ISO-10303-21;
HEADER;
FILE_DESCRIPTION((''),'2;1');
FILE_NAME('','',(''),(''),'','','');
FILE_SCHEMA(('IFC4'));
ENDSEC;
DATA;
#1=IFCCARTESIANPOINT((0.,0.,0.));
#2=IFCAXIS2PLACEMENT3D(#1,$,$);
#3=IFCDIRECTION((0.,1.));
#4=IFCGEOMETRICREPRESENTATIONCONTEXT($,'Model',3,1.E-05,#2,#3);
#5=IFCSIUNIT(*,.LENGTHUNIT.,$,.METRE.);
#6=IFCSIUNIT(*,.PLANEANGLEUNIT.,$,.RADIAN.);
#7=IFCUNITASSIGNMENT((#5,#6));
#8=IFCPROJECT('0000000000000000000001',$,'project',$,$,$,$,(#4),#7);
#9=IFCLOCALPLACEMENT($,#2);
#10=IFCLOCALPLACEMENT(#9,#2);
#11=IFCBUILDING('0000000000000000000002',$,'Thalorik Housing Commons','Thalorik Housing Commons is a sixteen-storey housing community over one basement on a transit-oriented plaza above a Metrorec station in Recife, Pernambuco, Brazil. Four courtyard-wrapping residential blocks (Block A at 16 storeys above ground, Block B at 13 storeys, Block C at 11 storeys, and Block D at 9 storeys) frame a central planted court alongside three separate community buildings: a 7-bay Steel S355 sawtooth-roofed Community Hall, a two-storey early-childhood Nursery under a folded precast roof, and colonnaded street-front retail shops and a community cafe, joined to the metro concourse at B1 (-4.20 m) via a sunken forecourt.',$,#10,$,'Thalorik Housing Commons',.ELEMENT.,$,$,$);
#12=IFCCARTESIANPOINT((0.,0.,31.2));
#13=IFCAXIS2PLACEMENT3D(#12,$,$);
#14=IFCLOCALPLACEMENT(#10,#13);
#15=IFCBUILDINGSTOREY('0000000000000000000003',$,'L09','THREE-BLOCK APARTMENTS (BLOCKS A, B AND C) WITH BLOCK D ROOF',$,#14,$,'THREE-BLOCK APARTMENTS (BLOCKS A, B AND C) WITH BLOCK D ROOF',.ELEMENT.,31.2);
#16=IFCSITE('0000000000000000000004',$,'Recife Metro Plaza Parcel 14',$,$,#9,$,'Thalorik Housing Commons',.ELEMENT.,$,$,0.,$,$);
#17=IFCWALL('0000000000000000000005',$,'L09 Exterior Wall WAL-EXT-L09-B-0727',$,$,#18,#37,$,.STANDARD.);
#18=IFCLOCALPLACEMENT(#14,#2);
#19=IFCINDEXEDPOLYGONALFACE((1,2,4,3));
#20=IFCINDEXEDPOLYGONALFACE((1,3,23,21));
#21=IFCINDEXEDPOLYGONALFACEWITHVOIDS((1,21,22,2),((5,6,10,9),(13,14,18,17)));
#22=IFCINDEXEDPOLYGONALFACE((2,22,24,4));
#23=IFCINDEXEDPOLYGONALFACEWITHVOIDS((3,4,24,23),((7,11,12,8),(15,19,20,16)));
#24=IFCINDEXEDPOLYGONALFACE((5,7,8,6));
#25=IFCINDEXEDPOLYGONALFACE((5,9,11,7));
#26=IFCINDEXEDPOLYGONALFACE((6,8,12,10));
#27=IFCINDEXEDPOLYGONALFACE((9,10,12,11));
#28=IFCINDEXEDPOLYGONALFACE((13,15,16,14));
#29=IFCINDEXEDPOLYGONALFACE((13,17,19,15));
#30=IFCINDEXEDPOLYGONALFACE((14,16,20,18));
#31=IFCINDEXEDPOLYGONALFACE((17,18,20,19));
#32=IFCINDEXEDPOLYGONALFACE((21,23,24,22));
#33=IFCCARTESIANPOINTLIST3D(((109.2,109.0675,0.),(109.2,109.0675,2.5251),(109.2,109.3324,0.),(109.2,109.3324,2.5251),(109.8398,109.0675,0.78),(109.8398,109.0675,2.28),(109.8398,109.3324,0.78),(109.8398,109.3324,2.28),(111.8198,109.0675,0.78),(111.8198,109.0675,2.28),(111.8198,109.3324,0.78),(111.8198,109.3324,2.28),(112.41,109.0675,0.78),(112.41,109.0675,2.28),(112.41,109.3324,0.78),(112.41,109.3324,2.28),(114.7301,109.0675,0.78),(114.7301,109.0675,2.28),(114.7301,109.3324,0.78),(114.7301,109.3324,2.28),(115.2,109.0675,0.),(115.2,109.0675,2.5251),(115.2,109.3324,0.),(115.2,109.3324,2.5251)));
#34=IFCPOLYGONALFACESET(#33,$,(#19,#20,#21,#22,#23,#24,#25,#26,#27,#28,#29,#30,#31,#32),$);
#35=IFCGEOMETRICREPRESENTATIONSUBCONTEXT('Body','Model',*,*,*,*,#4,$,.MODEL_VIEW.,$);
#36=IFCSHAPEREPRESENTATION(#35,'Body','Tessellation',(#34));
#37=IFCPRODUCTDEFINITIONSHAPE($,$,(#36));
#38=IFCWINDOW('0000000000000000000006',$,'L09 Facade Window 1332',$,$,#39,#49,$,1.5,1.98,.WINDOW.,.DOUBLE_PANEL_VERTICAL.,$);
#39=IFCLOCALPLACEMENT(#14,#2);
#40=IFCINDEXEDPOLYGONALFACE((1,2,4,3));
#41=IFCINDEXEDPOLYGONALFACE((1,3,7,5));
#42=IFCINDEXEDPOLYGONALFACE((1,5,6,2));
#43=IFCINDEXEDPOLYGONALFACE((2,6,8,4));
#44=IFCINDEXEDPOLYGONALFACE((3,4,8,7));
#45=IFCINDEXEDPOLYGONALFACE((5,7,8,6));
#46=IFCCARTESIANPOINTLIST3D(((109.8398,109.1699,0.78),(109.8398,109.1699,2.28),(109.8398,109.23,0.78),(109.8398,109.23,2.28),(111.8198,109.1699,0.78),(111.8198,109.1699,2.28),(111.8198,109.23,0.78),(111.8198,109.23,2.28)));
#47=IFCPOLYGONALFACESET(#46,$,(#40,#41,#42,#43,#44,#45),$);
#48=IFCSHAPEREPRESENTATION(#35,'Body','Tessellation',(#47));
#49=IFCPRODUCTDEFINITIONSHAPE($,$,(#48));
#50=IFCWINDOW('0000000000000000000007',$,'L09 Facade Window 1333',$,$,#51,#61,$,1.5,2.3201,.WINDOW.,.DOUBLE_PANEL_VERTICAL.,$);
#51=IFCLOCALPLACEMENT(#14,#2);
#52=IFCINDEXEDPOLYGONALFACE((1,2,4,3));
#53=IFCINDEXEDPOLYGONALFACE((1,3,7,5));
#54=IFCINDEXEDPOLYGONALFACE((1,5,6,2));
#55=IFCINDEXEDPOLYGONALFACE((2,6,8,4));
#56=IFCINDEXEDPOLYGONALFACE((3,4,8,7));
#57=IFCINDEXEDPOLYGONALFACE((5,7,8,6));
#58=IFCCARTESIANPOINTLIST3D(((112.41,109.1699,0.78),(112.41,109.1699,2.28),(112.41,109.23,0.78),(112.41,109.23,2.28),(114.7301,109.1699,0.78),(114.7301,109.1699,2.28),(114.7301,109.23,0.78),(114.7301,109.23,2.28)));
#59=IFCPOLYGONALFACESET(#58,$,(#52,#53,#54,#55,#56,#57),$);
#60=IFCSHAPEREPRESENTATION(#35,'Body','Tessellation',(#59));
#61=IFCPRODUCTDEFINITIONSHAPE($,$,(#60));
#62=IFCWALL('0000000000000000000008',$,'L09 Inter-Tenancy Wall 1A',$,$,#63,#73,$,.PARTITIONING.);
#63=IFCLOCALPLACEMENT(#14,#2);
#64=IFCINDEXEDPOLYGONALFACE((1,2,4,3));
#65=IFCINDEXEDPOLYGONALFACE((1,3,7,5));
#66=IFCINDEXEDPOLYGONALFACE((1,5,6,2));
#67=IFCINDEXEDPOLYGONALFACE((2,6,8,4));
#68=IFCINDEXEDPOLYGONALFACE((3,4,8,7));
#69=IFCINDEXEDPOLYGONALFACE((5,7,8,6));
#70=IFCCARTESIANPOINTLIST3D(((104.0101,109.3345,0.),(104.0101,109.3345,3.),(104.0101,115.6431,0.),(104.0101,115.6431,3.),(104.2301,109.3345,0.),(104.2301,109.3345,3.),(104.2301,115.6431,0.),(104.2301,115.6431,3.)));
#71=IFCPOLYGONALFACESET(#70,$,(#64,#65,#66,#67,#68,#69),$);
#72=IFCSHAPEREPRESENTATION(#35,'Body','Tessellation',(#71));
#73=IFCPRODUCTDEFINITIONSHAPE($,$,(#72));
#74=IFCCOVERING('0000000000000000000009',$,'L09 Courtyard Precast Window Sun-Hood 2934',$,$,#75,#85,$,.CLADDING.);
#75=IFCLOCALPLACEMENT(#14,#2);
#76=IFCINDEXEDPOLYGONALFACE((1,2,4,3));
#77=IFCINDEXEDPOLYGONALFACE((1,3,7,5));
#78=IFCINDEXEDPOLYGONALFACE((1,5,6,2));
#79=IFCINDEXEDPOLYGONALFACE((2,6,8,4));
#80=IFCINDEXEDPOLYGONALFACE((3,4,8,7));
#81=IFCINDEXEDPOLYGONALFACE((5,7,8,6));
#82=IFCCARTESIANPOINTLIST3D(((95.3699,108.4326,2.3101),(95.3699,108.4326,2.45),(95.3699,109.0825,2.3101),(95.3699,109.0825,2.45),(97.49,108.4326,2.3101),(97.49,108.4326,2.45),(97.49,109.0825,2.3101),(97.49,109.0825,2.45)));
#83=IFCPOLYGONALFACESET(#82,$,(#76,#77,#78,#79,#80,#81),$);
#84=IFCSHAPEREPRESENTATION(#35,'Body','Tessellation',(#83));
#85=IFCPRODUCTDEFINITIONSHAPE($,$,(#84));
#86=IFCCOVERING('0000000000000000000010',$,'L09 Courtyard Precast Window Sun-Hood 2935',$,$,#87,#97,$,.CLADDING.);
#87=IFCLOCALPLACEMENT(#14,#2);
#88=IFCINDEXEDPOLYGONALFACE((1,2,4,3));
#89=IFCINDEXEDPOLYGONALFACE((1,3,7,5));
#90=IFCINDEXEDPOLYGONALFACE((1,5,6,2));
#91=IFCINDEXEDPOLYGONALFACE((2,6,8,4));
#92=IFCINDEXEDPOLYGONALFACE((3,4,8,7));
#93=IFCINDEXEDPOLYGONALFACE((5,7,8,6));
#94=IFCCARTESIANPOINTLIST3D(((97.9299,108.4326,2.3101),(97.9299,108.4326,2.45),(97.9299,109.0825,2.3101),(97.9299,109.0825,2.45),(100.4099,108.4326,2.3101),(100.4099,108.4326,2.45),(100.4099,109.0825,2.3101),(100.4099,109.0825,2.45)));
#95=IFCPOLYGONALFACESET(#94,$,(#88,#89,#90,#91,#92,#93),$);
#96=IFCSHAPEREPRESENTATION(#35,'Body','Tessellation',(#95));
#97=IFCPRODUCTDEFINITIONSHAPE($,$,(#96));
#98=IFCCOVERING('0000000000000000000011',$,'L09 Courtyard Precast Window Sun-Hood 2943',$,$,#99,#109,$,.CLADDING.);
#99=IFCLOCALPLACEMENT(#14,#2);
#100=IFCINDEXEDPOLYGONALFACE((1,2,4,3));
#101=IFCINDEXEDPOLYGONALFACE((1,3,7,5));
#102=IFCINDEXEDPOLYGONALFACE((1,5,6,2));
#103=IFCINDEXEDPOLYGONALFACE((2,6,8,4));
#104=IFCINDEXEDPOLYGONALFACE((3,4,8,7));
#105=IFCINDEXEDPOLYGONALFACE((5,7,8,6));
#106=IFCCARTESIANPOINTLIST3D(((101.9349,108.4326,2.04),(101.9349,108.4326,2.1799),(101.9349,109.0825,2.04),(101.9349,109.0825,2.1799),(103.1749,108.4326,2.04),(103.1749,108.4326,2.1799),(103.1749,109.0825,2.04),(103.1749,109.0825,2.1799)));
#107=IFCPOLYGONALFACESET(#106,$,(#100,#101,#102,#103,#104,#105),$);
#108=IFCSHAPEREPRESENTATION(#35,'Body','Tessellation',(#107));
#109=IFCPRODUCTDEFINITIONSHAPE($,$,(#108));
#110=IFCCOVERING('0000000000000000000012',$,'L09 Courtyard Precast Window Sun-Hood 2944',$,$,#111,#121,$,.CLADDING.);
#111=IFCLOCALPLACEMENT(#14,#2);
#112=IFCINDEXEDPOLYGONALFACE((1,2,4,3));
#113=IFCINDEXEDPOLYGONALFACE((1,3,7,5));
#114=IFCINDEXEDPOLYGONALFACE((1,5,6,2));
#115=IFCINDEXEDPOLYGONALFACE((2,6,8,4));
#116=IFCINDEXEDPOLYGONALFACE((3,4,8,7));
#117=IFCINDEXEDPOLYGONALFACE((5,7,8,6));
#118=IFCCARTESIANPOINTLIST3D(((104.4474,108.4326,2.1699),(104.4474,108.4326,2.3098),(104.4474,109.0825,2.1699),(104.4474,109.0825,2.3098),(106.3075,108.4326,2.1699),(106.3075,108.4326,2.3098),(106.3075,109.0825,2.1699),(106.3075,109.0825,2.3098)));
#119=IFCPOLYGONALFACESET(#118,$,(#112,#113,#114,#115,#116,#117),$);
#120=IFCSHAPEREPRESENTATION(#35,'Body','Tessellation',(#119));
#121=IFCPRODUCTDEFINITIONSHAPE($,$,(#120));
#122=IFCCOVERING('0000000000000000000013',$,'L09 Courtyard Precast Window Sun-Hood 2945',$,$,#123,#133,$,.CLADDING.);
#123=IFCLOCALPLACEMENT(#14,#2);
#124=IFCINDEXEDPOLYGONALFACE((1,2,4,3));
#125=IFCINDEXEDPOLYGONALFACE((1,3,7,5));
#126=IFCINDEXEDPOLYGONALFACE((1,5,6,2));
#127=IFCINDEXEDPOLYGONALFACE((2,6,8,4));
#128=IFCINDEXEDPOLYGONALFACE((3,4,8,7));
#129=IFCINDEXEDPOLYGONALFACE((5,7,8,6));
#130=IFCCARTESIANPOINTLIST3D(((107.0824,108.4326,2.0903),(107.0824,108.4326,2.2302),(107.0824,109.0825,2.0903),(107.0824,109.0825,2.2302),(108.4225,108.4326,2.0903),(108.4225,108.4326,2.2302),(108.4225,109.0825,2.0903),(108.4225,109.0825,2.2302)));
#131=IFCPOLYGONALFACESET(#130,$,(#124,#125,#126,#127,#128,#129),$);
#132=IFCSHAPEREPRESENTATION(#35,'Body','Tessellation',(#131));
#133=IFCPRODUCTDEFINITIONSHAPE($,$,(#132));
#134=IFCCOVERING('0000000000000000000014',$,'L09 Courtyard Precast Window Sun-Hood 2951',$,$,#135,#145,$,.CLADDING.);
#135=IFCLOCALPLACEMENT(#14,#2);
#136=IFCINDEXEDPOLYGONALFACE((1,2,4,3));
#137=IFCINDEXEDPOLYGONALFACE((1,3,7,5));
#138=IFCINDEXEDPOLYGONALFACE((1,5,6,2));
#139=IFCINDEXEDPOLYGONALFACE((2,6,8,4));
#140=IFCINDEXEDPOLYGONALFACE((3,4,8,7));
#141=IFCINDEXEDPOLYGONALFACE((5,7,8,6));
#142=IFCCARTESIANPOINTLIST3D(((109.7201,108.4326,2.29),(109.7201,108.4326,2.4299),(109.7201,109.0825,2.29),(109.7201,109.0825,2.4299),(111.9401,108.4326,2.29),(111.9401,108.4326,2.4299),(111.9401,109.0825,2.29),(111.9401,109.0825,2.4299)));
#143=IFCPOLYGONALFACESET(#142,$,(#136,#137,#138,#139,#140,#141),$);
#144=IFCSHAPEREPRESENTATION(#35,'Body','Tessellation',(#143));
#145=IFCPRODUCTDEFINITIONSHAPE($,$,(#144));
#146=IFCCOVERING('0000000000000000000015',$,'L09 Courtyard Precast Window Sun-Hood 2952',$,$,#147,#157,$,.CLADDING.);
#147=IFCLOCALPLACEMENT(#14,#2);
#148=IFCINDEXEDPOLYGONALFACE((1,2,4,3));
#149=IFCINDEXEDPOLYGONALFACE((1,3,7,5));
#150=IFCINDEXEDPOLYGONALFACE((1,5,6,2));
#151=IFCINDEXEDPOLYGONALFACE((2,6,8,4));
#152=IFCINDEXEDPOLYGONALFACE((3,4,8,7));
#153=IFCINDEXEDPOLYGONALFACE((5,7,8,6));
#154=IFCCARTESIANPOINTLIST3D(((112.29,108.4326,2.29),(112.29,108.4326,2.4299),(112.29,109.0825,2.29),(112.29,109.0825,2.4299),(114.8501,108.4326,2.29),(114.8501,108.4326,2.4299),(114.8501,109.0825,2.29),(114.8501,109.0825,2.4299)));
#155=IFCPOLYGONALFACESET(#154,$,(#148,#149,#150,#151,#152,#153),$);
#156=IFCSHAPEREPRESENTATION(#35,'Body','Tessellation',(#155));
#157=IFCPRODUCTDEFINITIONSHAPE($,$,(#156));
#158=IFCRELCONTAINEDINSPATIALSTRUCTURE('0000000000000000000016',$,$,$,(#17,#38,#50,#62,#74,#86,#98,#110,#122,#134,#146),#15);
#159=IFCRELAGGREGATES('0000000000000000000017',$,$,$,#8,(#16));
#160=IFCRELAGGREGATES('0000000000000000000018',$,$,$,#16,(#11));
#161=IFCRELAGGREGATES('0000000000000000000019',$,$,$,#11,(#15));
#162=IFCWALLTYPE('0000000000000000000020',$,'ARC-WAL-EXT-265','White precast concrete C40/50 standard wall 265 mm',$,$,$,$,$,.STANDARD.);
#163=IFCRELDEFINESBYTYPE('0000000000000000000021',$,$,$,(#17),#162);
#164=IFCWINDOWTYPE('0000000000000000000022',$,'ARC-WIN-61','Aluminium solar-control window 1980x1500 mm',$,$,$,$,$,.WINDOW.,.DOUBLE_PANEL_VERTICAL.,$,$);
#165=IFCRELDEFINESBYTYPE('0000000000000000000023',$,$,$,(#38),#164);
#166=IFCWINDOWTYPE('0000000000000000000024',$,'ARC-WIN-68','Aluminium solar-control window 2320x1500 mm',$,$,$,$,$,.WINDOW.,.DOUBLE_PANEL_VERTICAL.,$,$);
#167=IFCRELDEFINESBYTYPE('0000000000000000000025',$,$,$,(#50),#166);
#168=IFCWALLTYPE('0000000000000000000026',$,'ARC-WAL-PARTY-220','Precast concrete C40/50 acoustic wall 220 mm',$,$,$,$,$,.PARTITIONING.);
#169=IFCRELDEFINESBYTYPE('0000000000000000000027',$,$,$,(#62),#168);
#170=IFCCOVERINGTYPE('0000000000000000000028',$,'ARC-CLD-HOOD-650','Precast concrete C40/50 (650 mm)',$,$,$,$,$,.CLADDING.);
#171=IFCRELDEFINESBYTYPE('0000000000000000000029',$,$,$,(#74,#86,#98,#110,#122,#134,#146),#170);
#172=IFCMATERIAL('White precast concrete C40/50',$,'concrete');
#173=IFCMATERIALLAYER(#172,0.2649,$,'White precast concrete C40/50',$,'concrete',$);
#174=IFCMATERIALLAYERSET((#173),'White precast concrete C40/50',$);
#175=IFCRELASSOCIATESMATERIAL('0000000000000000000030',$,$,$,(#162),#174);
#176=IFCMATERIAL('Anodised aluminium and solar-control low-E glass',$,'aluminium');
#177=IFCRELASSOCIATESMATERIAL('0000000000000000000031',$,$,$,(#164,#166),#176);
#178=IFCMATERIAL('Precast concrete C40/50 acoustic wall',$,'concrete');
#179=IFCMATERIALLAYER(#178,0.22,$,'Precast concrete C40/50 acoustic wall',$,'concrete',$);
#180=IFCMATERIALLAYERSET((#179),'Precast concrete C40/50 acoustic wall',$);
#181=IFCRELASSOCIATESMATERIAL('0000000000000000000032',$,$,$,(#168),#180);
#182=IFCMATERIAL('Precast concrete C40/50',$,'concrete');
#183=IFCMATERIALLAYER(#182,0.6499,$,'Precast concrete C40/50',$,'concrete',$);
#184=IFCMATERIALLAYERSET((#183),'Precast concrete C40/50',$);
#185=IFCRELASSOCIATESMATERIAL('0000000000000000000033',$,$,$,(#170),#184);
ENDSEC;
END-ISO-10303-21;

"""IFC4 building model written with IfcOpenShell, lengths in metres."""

from ifc_helpers import new_model, si_unit, direction, frame, frame_2d, origin, origin_2d, place, context, subcontext, project, spatial, rectangle, extrude, material, layer, layer_set, type_object, element, fill, save


model = new_model("IFC4")

# Units and contexts
model_context = context("Model", 3, precision=1e-05, world=origin(), true_north=direction((0.0, 1.0)))
body_context = subcontext(model_context, "Body", "Model", "MODEL_VIEW")
ifc_project = project(units=[si_unit("LENGTHUNIT", "METRE"), si_unit("PLANEANGLEUNIT", "RADIAN")], contexts=[model_context])

# Site, building, storey
site_placement = place(None, origin())
site = spatial("IfcSite", under=ifc_project, at=site_placement, Name="Recife Metro Plaza Parcel 14", LongName="Thalorik Housing Commons", CompositionType="ELEMENT", RefElevation=0.0)
building_placement = place(site_placement, origin())
building = spatial("IfcBuilding", under=site, at=building_placement, Name="Thalorik Housing Commons", Description="Thalorik Housing Commons is a sixteen-storey housing community over one basement on a transit-oriented plaza above a Metrorec station in Recife, Pernambuco, Brazil. Four courtyard-wrapping residential blocks (Block A at 16 storeys above ground, Block B at 13 storeys, Block C at 11 storeys, and Block D at 9 storeys) frame a central planted court alongside three separate community buildings: a 7-bay Steel S355 sawtooth-roofed Community Hall, a two-storey early-childhood Nursery under a folded precast roof, and colonnaded street-front retail shops and a community cafe, joined to the metro concourse at B1 (-4.20 m) via a sunken forecourt.", LongName="Thalorik Housing Commons", CompositionType="ELEMENT")
storey_placement = place(building_placement, frame((0.0, 0.0, 31.2)))
storey = spatial("IfcBuildingStorey", under=building, at=storey_placement, Name="L09", Description="THREE-BLOCK APARTMENTS (BLOCKS A, B AND C) WITH BLOCK D ROOF", LongName="THREE-BLOCK APARTMENTS (BLOCKS A, B AND C) WITH BLOCK D ROOF", CompositionType="ELEMENT", Elevation=31.2)

# Shared definitions
ifc_material_1 = material(Name="Precast concrete C40/50", Category="concrete")

# Wall, openings, windows
ifc_material_2 = material(Name="White precast concrete C40/50", Category="concrete")
ifc_layer_1 = layer(ifc_material_2, 0.2649, Name="White precast concrete C40/50", Category="concrete")
ifc_layer_set_1 = layer_set([ifc_layer_1], Name="White precast concrete C40/50")
wall_type_1 = type_object("IfcWallType", Name="ARC-WAL-EXT-265", Description="White precast concrete C40/50 standard wall 265 mm", PredefinedType="STANDARD", material=ifc_layer_set_1)
ifc_material_3 = material(Name="Anodised aluminium and solar-control low-E glass", Category="aluminium")
wall_1_placement = place(storey_placement, frame((109.2, 109.2, 0.0), z_axis=(0.0, 0.0, 1.0), x_axis=(1.0, 0.0, 0.0)))
wall_1 = element("IfcWall", 1, at=wall_1_placement, inside=storey, type_object=wall_type_1, Name="L09 Exterior Wall WAL-EXT-L09-B-0727", PredefinedType="STANDARD", context=body_context, shape_type="SweptSolid", body=[
    extrude(rectangle(XDim=6.0, YDim=0.2649, at=frame_2d((3.0, 0.0))), origin(), (0.0, 0.0, 1.0), 2.5251),
])
opening_1_placement = place(wall_1_placement, frame((0.6399, 0.0, 0.78)))
opening_1 = element("IfcOpeningElement", 2, at=opening_1_placement, cuts=wall_1, PredefinedType="OPENING", context=body_context, shape_type="SweptSolid", body=[
    extrude(rectangle(XDim=1.98, YDim=1.5, at=frame_2d((0.99, 0.75))), frame((0.0, 0.1426, 0.0), z_axis=(0.0, -1.0, 0.0), x_axis=(1.0, 0.0, 0.0)), (0.0, 0.0, 1.0), 0.2849),
])
opening_2_placement = place(wall_1_placement, frame((3.21, 0.0, 0.78)))
opening_2 = element("IfcOpeningElement", 3, at=opening_2_placement, cuts=wall_1, PredefinedType="OPENING", context=body_context, shape_type="SweptSolid", body=[
    extrude(rectangle(XDim=2.3201, YDim=1.5, at=frame_2d((1.1602, 0.75))), frame((0.0, 0.1426, 0.0), z_axis=(0.0, -1.0, 0.0), x_axis=(1.0, 0.0, 0.0)), (0.0, 0.0, 1.0), 0.2849),
])
window_type_1 = type_object("IfcWindowType", Name="ARC-WIN-61", Description="Aluminium solar-control window 1980x1500 mm", PartitioningType="DOUBLE_PANEL_VERTICAL", PredefinedType="WINDOW", material=ifc_material_3)
window_1_placement = place(opening_1_placement, origin())
window_1 = element("IfcWindow", 4, at=window_1_placement, inside=storey, type_object=window_type_1, Name="L09 Facade Window 1332", OverallHeight=1.5, OverallWidth=1.98, PartitioningType="DOUBLE_PANEL_VERTICAL", PredefinedType="WINDOW", context=body_context, shape_type="SweptSolid", body=[
    extrude(rectangle(XDim=1.98, YDim=1.5, at=frame_2d((0.99, 0.75))), frame((0.0, 0.03, 0.0), z_axis=(0.0, -1.0, 0.0), x_axis=(1.0, 0.0, 0.0)), (0.0, 0.0, 1.0), 0.0601),
])
fill(opening_1, window_1)
window_type_2 = type_object("IfcWindowType", Name="ARC-WIN-68", Description="Aluminium solar-control window 2320x1500 mm", PartitioningType="DOUBLE_PANEL_VERTICAL", PredefinedType="WINDOW", material=ifc_material_3)
window_2_placement = place(opening_2_placement, origin())
window_2 = element("IfcWindow", 5, at=window_2_placement, inside=storey, type_object=window_type_2, Name="L09 Facade Window 1333", OverallHeight=1.5, OverallWidth=2.3201, PartitioningType="DOUBLE_PANEL_VERTICAL", PredefinedType="WINDOW", context=body_context, shape_type="SweptSolid", body=[
    extrude(rectangle(XDim=2.3201, YDim=1.5, at=frame_2d((1.1602, 0.75))), frame((0.0, 0.03, 0.0), z_axis=(0.0, -1.0, 0.0), x_axis=(1.0, 0.0, 0.0)), (0.0, 0.0, 1.0), 0.0601),
])
fill(opening_2, window_2)

# Wall
ifc_material_4 = material(Name="Precast concrete C40/50 acoustic wall", Category="concrete")
ifc_layer_2 = layer(ifc_material_4, 0.22, Name="Precast concrete C40/50 acoustic wall", Category="concrete")
ifc_layer_set_2 = layer_set([ifc_layer_2], Name="Precast concrete C40/50 acoustic wall")
wall_type_2 = type_object("IfcWallType", Name="ARC-WAL-PARTY-220", Description="Precast concrete C40/50 acoustic wall 220 mm", PredefinedType="PARTITIONING", material=ifc_layer_set_2)
wall_2_placement = place(storey_placement, frame((104.1201, 109.3345, 0.0), z_axis=(0.0, 0.0, 1.0), x_axis=(0.0, 1.0, 0.0)))
element("IfcWall", 6, at=wall_2_placement, inside=storey, type_object=wall_type_2, Name="L09 Inter-Tenancy Wall 1A", PredefinedType="PARTITIONING", context=body_context, shape_type="SweptSolid", body=[
    extrude(rectangle(XDim=6.3086, YDim=0.22, at=frame_2d((3.1543, 0.0))), origin(), (0.0, 0.0, 1.0), 3.0),
])

# Coverings
ifc_layer_3 = layer(ifc_material_1, 0.6499, Name="Precast concrete C40/50", Category="concrete")
ifc_layer_set_3 = layer_set([ifc_layer_3], Name="Precast concrete C40/50")
covering_type = type_object("IfcCoveringType", Name="ARC-CLD-HOOD-650", Description="Precast concrete C40/50 (650 mm)", PredefinedType="CLADDING", material=ifc_layer_set_3)
covering_1_placement = place(storey_placement, frame((96.4299, 108.7576, 2.3101), z_axis=(0.0, 0.0, 1.0), x_axis=(1.0, 0.0, 0.0)))
element("IfcCovering", 7, at=covering_1_placement, inside=storey, type_object=covering_type, Name="L09 Courtyard Precast Window Sun-Hood 2934", PredefinedType="CLADDING", context=body_context, shape_type="SweptSolid", body=[
    extrude(rectangle(XDim=2.1201, YDim=0.6499, at=origin_2d()), origin(), (0.0, 0.0, 1.0), 0.1399),
])
covering_2_placement = place(storey_placement, frame((99.1699, 108.7576, 2.3101), z_axis=(0.0, 0.0, 1.0), x_axis=(1.0, 0.0, 0.0)))
element("IfcCovering", 8, at=covering_2_placement, inside=storey, type_object=covering_type, Name="L09 Courtyard Precast Window Sun-Hood 2935", PredefinedType="CLADDING", context=body_context, shape_type="SweptSolid", body=[
    extrude(rectangle(XDim=2.48, YDim=0.6499, at=origin_2d()), origin(), (0.0, 0.0, 1.0), 0.1399),
])
covering_3_placement = place(storey_placement, frame((102.5549, 108.7576, 2.04), z_axis=(0.0, 0.0, 1.0), x_axis=(1.0, 0.0, 0.0)))
element("IfcCovering", 9, at=covering_3_placement, inside=storey, type_object=covering_type, Name="L09 Courtyard Precast Window Sun-Hood 2943", PredefinedType="CLADDING", context=body_context, shape_type="SweptSolid", body=[
    extrude(rectangle(XDim=1.24, YDim=0.6499, at=origin_2d()), origin(), (0.0, 0.0, 1.0), 0.1399),
])
covering_4_placement = place(storey_placement, frame((105.3774, 108.7576, 2.1699), z_axis=(0.0, 0.0, 1.0), x_axis=(1.0, 0.0, 0.0)))
element("IfcCovering", 10, at=covering_4_placement, inside=storey, type_object=covering_type, Name="L09 Courtyard Precast Window Sun-Hood 2944", PredefinedType="CLADDING", context=body_context, shape_type="SweptSolid", body=[
    extrude(rectangle(XDim=1.8601, YDim=0.6499, at=origin_2d()), origin(), (0.0, 0.0, 1.0), 0.1399),
])
covering_5_placement = place(storey_placement, frame((107.7524, 108.7576, 2.0903), z_axis=(0.0, 0.0, 1.0), x_axis=(1.0, 0.0, 0.0)))
element("IfcCovering", 11, at=covering_5_placement, inside=storey, type_object=covering_type, Name="L09 Courtyard Precast Window Sun-Hood 2945", PredefinedType="CLADDING", context=body_context, shape_type="SweptSolid", body=[
    extrude(rectangle(XDim=1.3401, YDim=0.6499, at=origin_2d()), origin(), (0.0, 0.0, 1.0), 0.1399),
])
covering_6_placement = place(storey_placement, frame((110.8301, 108.7576, 2.29), z_axis=(0.0, 0.0, 1.0), x_axis=(1.0, 0.0, 0.0)))
element("IfcCovering", 12, at=covering_6_placement, inside=storey, type_object=covering_type, Name="L09 Courtyard Precast Window Sun-Hood 2951", PredefinedType="CLADDING", context=body_context, shape_type="SweptSolid", body=[
    extrude(rectangle(XDim=2.22, YDim=0.6499, at=origin_2d()), origin(), (0.0, 0.0, 1.0), 0.1399),
])
covering_7_placement = place(storey_placement, frame((113.5701, 108.7576, 2.29), z_axis=(0.0, 0.0, 1.0), x_axis=(1.0, 0.0, 0.0)))
element("IfcCovering", 13, at=covering_7_placement, inside=storey, type_object=covering_type, Name="L09 Courtyard Precast Window Sun-Hood 2952", PredefinedType="CLADDING", context=body_context, shape_type="SweptSolid", body=[
    extrude(rectangle(XDim=2.5601, YDim=0.6499, at=origin_2d()), origin(), (0.0, 0.0, 1.0), 0.1399),
])

save(model, "model.ifc")
